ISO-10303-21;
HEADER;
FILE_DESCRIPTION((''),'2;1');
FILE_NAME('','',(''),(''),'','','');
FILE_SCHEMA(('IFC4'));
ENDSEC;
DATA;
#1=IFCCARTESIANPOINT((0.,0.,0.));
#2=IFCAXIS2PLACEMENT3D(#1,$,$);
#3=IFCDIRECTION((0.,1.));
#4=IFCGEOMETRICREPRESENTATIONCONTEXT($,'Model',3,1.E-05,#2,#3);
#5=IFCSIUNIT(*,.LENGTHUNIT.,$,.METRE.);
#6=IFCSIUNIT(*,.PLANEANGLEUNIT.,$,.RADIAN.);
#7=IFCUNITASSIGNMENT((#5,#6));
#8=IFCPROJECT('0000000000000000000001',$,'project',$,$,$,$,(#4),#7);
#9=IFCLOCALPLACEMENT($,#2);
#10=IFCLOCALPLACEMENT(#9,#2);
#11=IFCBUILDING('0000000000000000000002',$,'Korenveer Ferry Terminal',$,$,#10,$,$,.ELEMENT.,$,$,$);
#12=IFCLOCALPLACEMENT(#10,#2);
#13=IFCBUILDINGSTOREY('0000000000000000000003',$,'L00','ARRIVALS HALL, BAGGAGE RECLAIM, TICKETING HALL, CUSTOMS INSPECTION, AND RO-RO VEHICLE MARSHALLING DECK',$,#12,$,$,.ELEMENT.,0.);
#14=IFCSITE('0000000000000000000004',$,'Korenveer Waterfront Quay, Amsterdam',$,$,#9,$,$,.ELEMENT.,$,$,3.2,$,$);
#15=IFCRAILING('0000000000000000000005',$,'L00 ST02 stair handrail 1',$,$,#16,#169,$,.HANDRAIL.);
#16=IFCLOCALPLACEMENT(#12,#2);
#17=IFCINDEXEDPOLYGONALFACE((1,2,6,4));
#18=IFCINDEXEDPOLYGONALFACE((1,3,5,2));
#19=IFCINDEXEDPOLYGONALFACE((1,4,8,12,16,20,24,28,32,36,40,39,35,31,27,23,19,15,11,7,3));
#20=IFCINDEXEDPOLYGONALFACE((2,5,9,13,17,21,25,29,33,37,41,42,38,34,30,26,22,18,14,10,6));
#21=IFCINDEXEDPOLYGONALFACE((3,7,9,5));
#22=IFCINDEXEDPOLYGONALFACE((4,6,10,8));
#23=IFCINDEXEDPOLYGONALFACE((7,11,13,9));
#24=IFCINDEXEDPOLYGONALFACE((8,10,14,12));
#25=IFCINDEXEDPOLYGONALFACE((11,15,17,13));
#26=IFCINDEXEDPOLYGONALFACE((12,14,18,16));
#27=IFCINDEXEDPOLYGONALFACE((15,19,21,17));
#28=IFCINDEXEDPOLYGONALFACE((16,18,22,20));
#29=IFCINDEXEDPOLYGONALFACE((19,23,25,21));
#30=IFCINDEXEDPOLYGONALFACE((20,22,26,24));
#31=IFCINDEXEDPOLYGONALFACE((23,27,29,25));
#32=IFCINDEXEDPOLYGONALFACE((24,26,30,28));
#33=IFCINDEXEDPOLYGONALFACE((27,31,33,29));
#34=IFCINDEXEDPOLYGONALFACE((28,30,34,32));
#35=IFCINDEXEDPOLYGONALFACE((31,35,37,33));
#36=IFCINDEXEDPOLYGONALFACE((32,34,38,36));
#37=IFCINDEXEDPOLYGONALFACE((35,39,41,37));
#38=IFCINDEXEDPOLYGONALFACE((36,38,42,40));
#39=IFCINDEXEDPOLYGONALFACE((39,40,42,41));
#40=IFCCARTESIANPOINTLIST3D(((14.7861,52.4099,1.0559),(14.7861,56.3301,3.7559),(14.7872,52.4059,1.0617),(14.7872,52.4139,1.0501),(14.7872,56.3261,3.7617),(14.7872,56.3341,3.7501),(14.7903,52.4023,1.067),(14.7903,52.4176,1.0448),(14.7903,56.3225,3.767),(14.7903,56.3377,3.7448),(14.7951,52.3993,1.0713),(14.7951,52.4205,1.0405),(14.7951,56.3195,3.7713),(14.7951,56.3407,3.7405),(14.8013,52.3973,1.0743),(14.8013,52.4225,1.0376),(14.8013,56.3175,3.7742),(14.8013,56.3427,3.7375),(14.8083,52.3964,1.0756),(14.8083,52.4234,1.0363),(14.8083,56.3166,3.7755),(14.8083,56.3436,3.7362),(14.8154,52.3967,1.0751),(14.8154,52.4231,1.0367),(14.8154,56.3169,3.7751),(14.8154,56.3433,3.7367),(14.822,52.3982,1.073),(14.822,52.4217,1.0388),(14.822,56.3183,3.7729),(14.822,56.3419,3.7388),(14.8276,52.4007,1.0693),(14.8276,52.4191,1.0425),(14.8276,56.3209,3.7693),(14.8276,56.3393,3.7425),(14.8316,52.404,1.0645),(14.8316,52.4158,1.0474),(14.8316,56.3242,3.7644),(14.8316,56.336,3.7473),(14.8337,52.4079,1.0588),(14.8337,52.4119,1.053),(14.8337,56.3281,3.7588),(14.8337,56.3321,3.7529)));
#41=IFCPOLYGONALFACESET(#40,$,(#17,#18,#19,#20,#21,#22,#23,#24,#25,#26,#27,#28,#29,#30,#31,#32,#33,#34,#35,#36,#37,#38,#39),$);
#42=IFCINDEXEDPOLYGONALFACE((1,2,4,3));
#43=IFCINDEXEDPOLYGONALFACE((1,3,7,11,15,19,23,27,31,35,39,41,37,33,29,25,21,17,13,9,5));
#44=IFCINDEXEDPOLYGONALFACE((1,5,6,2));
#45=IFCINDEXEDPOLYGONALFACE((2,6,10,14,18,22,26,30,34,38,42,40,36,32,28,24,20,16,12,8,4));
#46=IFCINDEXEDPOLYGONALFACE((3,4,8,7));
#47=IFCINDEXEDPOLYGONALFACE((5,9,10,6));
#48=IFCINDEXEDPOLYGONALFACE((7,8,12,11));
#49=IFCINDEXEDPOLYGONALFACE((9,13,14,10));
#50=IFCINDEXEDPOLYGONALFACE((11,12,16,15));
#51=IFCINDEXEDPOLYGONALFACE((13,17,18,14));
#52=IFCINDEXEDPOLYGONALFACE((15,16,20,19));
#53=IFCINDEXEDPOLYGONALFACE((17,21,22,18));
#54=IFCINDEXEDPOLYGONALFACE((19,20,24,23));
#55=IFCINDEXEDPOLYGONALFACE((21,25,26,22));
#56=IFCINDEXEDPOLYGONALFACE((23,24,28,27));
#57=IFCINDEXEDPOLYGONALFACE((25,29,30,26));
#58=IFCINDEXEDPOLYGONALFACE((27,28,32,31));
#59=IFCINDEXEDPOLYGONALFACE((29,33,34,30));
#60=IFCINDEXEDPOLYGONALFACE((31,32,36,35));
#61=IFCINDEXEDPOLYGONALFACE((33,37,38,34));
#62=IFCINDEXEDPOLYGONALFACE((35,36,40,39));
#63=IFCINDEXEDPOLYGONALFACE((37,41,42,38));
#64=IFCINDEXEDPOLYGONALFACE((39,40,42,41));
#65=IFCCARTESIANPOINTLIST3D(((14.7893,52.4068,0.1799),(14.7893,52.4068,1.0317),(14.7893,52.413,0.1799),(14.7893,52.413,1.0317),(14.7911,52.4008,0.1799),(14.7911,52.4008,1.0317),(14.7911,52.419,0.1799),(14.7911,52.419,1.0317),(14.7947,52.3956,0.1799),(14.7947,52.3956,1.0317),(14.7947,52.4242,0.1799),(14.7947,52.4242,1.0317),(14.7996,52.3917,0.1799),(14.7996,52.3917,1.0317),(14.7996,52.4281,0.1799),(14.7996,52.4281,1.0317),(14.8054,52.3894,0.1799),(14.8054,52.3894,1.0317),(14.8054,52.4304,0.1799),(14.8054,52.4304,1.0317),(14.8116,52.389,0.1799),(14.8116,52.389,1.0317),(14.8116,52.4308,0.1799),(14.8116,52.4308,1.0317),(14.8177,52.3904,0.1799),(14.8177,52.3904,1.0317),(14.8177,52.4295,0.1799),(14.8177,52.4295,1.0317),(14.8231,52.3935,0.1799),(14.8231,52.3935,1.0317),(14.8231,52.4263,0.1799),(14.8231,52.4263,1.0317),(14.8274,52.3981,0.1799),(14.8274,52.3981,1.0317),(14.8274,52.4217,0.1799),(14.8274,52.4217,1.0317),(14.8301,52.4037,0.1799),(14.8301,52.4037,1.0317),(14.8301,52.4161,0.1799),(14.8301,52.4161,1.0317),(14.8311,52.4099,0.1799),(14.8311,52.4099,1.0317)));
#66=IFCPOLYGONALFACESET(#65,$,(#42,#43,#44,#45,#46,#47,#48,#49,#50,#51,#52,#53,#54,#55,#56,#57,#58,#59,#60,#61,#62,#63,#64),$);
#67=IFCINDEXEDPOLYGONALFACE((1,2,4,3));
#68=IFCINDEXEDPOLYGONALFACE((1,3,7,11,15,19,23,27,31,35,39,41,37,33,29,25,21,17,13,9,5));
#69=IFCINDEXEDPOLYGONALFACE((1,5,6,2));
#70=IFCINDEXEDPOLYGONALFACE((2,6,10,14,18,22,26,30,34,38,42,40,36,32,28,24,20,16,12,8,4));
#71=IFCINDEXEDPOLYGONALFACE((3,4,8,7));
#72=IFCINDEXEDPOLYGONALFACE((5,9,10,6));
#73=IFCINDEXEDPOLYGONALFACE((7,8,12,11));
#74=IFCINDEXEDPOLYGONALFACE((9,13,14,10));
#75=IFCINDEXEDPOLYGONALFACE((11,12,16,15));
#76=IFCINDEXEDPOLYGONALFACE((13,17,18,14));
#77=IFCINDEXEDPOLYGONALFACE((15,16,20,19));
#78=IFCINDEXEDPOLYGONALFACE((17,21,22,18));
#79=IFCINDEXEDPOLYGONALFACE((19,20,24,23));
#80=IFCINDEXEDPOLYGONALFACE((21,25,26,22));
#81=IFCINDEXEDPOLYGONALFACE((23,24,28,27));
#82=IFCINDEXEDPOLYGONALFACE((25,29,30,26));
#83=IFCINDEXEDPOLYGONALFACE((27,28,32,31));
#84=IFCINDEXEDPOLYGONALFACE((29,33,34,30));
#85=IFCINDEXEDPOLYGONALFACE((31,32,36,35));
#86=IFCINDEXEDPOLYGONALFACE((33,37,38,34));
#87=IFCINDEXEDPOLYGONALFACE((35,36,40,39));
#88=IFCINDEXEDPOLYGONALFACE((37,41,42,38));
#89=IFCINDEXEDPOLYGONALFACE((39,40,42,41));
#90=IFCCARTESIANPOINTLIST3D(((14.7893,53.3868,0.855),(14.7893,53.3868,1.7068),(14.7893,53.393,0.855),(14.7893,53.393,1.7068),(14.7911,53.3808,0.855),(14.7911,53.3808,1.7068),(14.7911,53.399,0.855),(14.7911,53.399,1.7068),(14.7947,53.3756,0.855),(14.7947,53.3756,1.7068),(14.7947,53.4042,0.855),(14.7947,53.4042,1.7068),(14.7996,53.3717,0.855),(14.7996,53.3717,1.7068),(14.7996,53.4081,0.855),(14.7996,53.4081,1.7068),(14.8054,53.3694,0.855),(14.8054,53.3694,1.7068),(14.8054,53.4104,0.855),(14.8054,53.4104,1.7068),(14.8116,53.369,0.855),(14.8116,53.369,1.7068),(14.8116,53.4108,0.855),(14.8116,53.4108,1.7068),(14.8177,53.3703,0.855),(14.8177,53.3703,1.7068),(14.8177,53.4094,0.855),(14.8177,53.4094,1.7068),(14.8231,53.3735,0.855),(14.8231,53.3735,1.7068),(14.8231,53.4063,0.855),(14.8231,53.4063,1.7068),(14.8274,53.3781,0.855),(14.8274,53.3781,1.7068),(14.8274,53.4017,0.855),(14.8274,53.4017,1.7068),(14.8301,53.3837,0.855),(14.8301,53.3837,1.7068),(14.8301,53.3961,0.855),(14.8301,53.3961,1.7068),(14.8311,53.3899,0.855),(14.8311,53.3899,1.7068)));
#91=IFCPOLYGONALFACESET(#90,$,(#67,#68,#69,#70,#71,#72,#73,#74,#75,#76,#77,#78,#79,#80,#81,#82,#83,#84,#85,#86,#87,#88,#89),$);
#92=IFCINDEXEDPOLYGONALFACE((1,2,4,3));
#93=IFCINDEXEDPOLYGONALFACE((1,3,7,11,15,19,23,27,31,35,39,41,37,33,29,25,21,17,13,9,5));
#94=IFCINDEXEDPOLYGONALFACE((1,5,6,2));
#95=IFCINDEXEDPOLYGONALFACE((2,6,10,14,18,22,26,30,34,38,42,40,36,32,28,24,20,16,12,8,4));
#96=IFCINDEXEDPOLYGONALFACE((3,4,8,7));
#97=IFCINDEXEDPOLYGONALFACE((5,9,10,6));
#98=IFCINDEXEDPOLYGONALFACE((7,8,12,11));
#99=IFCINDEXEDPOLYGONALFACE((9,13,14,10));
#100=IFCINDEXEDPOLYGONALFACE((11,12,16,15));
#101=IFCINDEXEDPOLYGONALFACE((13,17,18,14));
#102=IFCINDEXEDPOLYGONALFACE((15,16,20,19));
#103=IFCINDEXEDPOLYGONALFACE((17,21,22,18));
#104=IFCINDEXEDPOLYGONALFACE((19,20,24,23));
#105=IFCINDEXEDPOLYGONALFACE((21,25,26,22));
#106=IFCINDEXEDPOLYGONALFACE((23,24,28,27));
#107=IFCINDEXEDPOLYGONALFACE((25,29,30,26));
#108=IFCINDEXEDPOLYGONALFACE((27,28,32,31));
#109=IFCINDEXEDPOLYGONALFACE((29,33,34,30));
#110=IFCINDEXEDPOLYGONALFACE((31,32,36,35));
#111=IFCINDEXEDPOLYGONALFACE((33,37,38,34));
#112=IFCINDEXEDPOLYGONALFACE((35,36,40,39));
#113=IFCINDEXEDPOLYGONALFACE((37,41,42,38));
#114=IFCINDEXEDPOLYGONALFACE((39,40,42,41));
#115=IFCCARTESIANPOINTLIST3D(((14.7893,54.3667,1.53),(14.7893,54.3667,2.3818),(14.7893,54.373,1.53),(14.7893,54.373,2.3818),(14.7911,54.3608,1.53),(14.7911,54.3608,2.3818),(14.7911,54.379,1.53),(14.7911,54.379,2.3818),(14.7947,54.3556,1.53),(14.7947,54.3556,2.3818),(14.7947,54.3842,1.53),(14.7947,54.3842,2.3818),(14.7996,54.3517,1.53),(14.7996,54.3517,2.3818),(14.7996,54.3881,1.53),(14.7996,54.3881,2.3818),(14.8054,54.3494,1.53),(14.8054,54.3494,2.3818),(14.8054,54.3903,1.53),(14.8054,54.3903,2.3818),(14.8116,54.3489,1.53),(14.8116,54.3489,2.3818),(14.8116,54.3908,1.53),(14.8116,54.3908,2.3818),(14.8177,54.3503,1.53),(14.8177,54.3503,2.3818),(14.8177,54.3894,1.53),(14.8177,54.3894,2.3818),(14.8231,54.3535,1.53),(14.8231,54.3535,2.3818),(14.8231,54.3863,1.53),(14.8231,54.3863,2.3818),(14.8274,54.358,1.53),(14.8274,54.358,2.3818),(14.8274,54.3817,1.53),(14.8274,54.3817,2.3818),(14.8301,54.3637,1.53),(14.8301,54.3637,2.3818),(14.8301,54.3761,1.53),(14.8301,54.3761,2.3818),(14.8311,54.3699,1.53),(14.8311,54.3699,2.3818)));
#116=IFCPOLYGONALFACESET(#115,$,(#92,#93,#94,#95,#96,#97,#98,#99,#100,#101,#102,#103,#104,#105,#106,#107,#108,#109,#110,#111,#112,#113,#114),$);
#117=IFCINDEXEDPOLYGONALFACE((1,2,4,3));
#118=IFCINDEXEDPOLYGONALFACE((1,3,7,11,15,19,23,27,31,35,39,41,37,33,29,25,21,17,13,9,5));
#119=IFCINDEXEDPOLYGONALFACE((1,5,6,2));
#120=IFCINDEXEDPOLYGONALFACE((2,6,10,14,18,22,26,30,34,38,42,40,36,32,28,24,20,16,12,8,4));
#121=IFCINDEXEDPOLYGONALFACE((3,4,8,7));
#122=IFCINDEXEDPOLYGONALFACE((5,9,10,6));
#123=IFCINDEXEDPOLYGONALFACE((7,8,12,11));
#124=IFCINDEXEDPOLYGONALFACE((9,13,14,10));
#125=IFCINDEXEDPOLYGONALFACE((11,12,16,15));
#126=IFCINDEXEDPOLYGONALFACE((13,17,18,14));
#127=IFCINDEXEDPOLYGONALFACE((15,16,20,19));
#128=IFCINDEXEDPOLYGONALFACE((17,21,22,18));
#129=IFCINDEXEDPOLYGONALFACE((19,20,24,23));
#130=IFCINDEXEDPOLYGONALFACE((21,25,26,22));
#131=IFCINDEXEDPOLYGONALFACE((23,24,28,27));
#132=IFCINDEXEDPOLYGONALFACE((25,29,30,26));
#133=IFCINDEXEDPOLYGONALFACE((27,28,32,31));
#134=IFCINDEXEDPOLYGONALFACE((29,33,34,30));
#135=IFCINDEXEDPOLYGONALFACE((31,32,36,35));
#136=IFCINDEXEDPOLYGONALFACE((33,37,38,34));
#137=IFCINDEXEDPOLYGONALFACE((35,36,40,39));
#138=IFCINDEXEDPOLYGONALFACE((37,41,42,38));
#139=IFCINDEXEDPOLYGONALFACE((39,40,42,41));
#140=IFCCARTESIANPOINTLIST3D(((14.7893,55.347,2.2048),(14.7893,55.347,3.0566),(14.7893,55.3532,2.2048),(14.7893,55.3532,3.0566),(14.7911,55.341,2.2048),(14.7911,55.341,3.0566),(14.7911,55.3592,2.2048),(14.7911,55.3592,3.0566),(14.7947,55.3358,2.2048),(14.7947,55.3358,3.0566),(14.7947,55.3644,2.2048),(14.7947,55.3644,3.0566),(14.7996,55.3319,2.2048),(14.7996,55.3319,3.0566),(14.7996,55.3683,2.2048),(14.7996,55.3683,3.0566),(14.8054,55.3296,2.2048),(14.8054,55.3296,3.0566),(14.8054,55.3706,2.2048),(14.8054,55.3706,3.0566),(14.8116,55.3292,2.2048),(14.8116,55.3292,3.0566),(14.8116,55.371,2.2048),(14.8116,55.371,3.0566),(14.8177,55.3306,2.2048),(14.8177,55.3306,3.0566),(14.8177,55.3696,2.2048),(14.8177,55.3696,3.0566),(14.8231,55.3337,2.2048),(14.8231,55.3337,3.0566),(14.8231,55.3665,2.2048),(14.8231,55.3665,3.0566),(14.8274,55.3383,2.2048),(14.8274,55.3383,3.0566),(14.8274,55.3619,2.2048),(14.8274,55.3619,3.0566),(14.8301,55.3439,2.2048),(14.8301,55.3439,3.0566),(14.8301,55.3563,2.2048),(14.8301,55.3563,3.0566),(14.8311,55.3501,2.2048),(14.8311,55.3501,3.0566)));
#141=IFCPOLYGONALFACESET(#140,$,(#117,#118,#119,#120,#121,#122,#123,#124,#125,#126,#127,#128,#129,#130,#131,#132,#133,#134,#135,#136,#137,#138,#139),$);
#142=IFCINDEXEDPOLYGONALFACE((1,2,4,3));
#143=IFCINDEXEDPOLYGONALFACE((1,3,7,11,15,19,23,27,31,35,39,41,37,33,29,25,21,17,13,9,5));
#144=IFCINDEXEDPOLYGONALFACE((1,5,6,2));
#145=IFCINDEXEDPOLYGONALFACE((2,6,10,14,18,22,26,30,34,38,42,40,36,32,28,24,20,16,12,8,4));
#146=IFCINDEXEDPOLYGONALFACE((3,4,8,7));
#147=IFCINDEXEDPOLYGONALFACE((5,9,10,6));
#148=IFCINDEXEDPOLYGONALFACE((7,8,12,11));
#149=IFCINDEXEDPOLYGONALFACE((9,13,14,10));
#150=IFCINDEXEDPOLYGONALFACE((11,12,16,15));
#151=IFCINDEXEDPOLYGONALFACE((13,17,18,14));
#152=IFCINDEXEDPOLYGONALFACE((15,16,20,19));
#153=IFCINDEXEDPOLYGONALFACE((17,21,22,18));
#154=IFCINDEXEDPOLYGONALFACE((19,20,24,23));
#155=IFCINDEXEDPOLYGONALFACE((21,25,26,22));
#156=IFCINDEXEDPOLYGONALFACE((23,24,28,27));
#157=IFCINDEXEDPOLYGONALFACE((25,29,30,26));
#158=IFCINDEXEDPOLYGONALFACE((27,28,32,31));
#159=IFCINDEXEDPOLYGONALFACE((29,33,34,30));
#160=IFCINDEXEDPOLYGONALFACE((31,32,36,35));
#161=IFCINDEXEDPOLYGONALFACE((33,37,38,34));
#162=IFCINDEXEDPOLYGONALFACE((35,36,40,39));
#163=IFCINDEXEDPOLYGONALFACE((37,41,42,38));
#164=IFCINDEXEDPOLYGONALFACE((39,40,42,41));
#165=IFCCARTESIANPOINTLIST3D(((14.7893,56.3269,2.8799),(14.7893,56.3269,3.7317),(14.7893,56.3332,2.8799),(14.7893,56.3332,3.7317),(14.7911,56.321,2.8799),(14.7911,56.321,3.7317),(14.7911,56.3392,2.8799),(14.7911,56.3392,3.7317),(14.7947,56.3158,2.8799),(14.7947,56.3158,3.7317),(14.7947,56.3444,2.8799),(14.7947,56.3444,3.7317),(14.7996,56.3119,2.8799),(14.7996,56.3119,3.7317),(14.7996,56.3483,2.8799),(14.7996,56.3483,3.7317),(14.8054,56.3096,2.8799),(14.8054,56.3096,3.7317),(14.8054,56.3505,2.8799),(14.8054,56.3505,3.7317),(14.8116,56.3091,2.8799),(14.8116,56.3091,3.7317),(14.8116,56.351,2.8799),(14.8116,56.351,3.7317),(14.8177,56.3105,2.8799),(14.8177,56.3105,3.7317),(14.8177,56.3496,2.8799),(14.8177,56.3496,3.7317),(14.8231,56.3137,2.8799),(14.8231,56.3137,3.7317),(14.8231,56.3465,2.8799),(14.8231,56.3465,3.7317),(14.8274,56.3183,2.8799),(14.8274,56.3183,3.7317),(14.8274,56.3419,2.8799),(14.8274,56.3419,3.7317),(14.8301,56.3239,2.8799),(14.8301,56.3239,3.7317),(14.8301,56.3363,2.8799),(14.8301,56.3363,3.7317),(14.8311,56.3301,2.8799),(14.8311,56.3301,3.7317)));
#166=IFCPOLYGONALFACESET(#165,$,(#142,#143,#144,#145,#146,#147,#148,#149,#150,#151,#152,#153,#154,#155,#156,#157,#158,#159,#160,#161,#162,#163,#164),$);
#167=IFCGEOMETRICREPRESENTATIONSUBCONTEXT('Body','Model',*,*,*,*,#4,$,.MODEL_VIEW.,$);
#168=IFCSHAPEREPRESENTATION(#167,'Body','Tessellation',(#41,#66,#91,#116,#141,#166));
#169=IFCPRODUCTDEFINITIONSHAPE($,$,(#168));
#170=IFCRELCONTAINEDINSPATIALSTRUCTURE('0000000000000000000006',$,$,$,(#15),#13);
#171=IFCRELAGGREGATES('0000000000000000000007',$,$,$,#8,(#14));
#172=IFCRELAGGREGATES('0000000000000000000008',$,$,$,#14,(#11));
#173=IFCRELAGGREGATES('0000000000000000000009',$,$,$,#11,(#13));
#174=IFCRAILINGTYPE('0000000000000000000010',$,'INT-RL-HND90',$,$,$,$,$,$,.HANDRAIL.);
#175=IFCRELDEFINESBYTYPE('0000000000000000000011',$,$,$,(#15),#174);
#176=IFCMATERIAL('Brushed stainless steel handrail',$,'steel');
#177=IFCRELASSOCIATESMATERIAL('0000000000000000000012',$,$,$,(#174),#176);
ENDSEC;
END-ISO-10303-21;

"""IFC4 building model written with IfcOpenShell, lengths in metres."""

from ifc_helpers import new_model, si_unit, direction, frame, origin, origin_2d, place, context, subcontext, project, spatial, circle, extrude, material, type_object, element, save


model = new_model("IFC4")

# Units and contexts
model_context = context("Model", 3, precision=1e-05, world=origin(), true_north=direction((0.0, 1.0)))
body_context = subcontext(model_context, "Body", "Model", "MODEL_VIEW")
ifc_project = project(units=[si_unit("LENGTHUNIT", "METRE"), si_unit("PLANEANGLEUNIT", "RADIAN")], contexts=[model_context])

# Site, building, storey
site_placement = place(None, origin())
site = spatial("IfcSite", under=ifc_project, at=site_placement, Name="Korenveer Waterfront Quay, Amsterdam", CompositionType="ELEMENT", RefElevation=3.2)
building_placement = place(site_placement, origin())
building = spatial("IfcBuilding", under=site, at=building_placement, Name="Korenveer Ferry Terminal", CompositionType="ELEMENT")
storey_placement = place(building_placement, origin())
storey = spatial("IfcBuildingStorey", under=building, at=storey_placement, Name="L00", Description="ARRIVALS HALL, BAGGAGE RECLAIM, TICKETING HALL, CUSTOMS INSPECTION, AND RO-RO VEHICLE MARSHALLING DECK", CompositionType="ELEMENT", Elevation=0.0)

# Railing
ifc_material_1 = material(Name="Brushed stainless steel handrail", Category="steel")
railing_type_1 = type_object("IfcRailingType", Name="INT-RL-HND90", PredefinedType="HANDRAIL", material=ifc_material_1)
railing_1_placement = place(storey_placement, frame((14.8101, 52.4099, 0.1799)))
element("IfcRailing", 1, at=railing_1_placement, inside=storey, type_object=railing_type_1, Name="L00 ST02 stair handrail 1", PredefinedType="HANDRAIL", context=body_context, shape_type="SweptSolid", body=[
    extrude(circle(Radius=0.0239, at=origin_2d()), frame((0.0, 0.0, 0.876), z_axis=(0.0, 0.823567, 0.567219), x_axis=(-1.0, 0.0, 0.0)), (0.0, 0.0, 1.0), 4.76),
    extrude(circle(Radius=0.021, at=origin_2d()), origin(), (0.0, 0.0, 1.0), 0.8518),
    extrude(circle(Radius=0.021, at=origin_2d()), frame((0.0, 0.98, 0.675)), (0.0, 0.0, 1.0), 0.8518),
    extrude(circle(Radius=0.021, at=origin_2d()), frame((0.0, 1.96, 1.3501)), (0.0, 0.0, 1.0), 0.8518),
    extrude(circle(Radius=0.021, at=origin_2d()), frame((0.0, 2.9402, 2.0249)), (0.0, 0.0, 1.0), 0.8518),
    extrude(circle(Radius=0.021, at=origin_2d()), frame((0.0, 3.9202, 2.7)), (0.0, 0.0, 1.0), 0.8518),
])

save(model, "model.ifc")
